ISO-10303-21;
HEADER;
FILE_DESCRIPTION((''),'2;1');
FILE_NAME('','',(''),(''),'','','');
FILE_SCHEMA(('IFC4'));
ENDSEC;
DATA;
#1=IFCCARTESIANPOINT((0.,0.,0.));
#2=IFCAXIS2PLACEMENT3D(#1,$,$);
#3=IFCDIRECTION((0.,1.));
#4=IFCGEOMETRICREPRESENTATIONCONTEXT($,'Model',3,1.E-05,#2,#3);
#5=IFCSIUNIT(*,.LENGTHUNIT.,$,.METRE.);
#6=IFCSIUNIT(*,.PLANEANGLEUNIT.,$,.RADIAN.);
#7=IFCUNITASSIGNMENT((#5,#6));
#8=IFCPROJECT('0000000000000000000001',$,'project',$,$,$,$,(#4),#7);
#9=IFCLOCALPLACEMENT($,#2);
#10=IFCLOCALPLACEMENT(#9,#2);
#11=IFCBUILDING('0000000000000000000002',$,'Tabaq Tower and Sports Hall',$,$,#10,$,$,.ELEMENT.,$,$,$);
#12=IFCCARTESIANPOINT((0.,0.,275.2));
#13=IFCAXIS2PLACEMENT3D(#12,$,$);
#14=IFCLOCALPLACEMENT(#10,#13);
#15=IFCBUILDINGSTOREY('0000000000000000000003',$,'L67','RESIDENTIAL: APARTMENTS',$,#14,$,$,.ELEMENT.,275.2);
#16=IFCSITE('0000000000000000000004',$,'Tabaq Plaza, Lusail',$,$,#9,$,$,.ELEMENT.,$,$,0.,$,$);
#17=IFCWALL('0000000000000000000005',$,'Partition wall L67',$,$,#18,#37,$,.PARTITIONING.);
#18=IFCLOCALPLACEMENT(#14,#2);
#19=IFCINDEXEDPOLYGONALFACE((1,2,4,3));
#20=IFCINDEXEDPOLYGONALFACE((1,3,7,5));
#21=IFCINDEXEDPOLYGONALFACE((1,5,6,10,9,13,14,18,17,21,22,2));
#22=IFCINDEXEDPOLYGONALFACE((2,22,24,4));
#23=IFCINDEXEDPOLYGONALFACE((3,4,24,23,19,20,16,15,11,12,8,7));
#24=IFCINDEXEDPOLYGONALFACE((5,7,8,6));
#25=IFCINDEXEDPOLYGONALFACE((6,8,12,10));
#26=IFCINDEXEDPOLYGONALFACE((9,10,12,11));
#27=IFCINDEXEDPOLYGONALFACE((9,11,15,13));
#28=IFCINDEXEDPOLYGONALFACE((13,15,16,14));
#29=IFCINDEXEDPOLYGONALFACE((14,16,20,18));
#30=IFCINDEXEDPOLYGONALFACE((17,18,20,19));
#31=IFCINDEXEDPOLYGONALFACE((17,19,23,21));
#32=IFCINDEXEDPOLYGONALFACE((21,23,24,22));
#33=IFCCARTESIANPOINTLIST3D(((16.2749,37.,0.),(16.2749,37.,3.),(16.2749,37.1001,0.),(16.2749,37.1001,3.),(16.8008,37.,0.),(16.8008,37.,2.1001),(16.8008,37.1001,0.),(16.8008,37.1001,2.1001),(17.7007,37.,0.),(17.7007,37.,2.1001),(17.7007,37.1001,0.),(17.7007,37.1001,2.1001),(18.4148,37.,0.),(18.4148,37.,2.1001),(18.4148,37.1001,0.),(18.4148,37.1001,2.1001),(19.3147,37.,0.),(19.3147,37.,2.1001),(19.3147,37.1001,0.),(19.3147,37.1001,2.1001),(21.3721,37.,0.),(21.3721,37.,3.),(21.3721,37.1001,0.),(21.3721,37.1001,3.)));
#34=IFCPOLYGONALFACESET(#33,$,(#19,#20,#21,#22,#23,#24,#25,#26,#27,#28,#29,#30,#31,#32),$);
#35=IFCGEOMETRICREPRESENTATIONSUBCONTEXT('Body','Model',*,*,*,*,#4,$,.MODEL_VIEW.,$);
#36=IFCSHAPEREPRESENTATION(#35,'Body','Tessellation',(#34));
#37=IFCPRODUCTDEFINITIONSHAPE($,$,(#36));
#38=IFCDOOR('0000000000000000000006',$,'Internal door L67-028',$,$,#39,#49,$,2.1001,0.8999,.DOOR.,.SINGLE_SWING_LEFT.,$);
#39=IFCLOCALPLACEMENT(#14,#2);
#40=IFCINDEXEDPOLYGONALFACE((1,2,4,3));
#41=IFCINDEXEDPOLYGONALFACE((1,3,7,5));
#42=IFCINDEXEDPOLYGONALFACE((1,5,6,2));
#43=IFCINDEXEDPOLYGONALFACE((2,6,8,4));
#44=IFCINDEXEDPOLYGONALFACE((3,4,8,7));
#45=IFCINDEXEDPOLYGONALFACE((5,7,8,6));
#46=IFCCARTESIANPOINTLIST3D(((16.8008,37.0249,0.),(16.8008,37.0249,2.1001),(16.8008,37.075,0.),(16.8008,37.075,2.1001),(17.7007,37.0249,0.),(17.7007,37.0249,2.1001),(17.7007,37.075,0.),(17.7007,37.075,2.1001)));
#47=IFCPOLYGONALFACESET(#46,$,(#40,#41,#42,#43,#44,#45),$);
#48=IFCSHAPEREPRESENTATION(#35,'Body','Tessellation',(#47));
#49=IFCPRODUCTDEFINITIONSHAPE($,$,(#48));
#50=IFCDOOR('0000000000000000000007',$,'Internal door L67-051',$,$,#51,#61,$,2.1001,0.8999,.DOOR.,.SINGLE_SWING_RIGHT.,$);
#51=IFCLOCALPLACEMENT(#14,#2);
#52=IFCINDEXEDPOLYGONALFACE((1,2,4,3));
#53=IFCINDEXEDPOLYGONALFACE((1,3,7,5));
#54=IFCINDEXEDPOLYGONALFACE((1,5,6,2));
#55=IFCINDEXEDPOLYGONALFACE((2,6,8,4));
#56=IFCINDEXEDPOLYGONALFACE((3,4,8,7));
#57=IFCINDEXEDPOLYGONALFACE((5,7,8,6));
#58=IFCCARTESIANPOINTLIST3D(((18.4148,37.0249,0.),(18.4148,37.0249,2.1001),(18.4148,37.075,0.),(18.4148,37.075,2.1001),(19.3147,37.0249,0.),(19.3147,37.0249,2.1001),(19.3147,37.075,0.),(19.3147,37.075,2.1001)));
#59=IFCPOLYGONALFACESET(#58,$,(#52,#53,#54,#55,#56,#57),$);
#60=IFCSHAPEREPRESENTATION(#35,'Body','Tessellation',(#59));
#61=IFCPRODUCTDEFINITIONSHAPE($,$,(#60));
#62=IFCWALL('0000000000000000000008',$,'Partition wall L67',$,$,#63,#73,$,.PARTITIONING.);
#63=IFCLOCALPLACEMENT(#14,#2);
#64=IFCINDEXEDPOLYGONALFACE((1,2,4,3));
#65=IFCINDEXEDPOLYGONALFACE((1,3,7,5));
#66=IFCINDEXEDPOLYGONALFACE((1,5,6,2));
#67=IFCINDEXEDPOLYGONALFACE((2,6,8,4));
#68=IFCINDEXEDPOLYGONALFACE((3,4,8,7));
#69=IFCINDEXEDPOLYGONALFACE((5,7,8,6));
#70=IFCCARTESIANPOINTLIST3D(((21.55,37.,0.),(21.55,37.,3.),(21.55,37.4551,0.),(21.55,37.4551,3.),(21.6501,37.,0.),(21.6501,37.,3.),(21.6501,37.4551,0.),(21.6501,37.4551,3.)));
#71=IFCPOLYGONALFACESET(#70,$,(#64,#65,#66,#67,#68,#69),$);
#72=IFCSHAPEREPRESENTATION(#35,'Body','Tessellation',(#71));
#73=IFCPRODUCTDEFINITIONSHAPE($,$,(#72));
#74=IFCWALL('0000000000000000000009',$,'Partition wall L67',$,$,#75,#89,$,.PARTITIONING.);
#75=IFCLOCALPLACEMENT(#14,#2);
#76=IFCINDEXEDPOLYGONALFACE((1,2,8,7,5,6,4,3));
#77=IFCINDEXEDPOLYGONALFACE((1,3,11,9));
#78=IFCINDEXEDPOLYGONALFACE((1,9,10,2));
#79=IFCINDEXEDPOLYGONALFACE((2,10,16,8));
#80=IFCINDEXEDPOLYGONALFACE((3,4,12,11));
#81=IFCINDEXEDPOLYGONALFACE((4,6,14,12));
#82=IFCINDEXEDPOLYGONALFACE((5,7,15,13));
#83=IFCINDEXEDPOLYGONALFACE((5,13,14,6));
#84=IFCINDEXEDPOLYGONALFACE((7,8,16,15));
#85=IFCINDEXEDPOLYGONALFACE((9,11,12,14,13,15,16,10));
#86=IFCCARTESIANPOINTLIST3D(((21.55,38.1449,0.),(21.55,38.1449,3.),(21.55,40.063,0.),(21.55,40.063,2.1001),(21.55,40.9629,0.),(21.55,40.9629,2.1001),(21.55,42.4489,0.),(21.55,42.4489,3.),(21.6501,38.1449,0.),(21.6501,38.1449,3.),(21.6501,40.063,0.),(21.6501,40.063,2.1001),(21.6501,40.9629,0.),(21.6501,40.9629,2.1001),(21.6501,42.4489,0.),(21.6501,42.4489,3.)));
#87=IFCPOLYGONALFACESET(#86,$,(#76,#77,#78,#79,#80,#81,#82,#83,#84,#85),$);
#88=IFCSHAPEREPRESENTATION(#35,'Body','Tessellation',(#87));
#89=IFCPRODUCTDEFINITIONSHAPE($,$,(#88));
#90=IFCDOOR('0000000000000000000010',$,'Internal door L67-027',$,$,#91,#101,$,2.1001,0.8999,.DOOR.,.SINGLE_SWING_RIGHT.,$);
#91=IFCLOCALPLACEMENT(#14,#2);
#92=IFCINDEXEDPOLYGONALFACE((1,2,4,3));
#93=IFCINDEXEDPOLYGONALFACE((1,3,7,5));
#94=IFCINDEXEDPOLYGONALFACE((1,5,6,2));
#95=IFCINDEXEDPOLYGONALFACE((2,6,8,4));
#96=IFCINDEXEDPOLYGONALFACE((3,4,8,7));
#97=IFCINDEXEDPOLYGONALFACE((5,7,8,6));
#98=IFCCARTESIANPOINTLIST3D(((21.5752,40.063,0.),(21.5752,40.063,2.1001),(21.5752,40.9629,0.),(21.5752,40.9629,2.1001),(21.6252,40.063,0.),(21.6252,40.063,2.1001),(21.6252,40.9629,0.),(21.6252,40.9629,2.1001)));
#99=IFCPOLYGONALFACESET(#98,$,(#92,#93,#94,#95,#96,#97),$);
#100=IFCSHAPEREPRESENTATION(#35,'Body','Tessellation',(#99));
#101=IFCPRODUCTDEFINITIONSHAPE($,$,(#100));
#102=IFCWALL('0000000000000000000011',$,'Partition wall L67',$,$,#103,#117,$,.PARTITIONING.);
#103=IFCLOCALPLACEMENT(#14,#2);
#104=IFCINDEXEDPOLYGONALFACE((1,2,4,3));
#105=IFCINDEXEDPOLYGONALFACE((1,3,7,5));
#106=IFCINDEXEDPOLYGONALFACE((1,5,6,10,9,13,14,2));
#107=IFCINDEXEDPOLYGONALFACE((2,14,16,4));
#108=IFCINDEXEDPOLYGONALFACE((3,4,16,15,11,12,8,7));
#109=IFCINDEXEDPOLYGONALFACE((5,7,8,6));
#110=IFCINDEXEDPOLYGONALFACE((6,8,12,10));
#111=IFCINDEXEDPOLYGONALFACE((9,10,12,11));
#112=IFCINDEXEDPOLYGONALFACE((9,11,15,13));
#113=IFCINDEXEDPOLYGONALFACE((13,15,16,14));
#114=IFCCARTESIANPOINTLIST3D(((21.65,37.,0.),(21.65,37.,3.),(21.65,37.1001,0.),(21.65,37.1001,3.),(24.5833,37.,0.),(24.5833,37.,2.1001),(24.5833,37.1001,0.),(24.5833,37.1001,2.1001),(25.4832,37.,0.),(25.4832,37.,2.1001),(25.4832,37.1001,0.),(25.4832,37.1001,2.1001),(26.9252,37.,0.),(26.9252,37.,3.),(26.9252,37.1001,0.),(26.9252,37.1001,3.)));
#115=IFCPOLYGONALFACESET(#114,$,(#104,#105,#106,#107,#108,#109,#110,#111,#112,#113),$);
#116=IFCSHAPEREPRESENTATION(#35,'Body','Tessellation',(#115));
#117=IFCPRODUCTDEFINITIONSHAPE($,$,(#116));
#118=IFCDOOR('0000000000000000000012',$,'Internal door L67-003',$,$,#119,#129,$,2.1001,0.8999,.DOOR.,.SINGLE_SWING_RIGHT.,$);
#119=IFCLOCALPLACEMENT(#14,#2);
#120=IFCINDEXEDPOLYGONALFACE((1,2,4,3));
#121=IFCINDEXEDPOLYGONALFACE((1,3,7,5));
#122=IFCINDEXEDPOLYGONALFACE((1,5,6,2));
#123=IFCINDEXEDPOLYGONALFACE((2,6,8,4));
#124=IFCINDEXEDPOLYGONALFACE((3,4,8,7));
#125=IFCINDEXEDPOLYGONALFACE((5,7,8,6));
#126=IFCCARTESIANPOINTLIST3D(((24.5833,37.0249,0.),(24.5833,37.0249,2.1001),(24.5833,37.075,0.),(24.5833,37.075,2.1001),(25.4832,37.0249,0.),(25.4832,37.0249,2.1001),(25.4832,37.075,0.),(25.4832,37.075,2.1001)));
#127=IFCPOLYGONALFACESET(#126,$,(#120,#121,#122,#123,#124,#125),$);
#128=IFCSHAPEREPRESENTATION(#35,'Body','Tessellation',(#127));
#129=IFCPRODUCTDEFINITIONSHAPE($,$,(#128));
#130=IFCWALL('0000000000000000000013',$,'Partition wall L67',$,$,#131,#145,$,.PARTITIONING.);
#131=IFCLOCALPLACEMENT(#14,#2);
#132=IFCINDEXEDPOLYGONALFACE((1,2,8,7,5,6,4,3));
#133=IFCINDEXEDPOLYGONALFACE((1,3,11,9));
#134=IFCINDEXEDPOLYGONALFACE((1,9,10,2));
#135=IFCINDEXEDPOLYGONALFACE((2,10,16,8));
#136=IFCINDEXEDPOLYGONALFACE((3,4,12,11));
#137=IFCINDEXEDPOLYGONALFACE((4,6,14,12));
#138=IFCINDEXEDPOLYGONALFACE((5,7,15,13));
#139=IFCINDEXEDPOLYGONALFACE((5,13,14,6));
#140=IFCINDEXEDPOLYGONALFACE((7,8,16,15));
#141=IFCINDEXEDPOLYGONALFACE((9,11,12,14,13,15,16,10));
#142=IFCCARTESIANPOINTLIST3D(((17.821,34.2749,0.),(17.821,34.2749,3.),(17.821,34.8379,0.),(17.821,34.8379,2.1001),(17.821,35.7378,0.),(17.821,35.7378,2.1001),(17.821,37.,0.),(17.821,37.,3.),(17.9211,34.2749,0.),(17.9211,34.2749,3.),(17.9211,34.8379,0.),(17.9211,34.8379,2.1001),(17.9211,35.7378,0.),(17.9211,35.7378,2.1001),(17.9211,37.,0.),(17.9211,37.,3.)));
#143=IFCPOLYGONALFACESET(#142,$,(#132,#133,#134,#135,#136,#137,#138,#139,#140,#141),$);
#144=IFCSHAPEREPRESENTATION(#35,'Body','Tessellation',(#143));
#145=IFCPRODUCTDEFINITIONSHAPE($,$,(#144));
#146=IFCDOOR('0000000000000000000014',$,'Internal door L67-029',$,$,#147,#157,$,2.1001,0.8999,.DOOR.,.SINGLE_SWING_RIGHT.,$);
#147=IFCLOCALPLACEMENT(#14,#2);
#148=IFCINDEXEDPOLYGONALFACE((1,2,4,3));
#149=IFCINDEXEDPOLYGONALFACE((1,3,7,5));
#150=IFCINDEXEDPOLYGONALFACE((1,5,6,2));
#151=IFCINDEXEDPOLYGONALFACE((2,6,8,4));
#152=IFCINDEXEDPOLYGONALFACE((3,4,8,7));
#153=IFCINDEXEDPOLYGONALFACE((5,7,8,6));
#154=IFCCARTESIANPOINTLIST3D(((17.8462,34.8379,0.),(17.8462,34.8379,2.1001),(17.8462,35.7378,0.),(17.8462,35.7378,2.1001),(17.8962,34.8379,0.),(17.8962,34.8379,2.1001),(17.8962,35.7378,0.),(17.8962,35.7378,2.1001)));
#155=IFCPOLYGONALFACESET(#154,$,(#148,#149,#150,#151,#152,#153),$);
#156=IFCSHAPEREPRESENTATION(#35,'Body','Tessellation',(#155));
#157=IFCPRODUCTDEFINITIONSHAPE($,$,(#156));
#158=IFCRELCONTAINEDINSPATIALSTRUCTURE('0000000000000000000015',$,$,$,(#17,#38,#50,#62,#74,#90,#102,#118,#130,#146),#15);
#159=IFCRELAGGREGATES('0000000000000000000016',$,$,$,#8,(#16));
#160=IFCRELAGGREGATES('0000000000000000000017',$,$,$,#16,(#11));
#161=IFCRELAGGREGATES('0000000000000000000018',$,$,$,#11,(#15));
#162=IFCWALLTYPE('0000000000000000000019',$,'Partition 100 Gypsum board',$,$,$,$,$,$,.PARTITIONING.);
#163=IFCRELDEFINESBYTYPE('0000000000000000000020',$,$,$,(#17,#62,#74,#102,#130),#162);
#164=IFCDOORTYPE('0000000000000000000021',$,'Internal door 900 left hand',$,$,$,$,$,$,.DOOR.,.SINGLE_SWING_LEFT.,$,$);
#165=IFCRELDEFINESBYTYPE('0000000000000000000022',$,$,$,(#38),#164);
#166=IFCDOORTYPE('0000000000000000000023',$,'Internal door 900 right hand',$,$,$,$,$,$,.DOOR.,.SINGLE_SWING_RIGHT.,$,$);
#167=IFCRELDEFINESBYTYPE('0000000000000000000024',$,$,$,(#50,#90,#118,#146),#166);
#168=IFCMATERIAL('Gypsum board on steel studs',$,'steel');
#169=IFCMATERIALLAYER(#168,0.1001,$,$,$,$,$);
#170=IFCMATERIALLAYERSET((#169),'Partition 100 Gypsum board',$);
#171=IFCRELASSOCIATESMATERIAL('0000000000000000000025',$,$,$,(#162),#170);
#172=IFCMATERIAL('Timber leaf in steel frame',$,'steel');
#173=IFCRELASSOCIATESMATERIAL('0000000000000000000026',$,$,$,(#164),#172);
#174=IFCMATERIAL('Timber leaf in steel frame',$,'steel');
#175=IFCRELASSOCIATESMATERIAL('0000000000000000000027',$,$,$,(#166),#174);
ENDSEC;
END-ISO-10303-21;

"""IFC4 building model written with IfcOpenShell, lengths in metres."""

from ifc_helpers import new_model, si_unit, direction, frame, frame_2d, origin, place, context, subcontext, project, spatial, rectangle, extrude, material, layer, layer_set, type_object, element, fill, save


model = new_model("IFC4")

# Units and contexts
model_context = context("Model", 3, precision=1e-05, world=origin(), true_north=direction((0.0, 1.0)))
body_context = subcontext(model_context, "Body", "Model", "MODEL_VIEW")
ifc_project = project(units=[si_unit("LENGTHUNIT", "METRE"), si_unit("PLANEANGLEUNIT", "RADIAN")], contexts=[model_context])

# Site, building, storey
site_placement = place(None, origin())
site = spatial("IfcSite", under=ifc_project, at=site_placement, Name="Tabaq Plaza, Lusail", CompositionType="ELEMENT", RefElevation=0.0)
building_placement = place(site_placement, origin())
building = spatial("IfcBuilding", under=site, at=building_placement, Name="Tabaq Tower and Sports Hall", CompositionType="ELEMENT")
storey_placement = place(building_placement, frame((0.0, 0.0, 275.2)))
storey = spatial("IfcBuildingStorey", under=building, at=storey_placement, Name="L67", Description="RESIDENTIAL: APARTMENTS", CompositionType="ELEMENT", Elevation=275.2)

# Wall, openings, doors
ifc_material_1 = material(Name="Gypsum board on steel studs", Category="steel")
ifc_layer_1 = layer(ifc_material_1, 0.1001)
ifc_layer_set_1 = layer_set([ifc_layer_1], Name="Partition 100 Gypsum board")
wall_type = type_object("IfcWallType", Name="Partition 100 Gypsum board", PredefinedType="PARTITIONING", material=ifc_layer_set_1)
wall_1_placement = place(storey_placement, frame((16.2749, 37.05, 0.0), z_axis=(0.0, 0.0, 1.0), x_axis=(1.0, 0.0, 0.0)))
wall_1 = element("IfcWall", 1, at=wall_1_placement, inside=storey, type_object=wall_type, Name="Partition wall L67", PredefinedType="PARTITIONING", context=body_context, shape_type="SweptSolid", body=[
    extrude(rectangle(XDim=5.0972, YDim=0.1001, at=frame_2d((2.5486, 0.0))), origin(), (0.0, 0.0, 1.0), 3.0),
])
opening_1_placement = place(wall_1_placement, frame((0.5259, 0.0, 0.0)))
opening_1 = element("IfcOpeningElement", 2, at=opening_1_placement, cuts=wall_1, PredefinedType="OPENING", context=body_context, shape_type="SweptSolid", body=[
    extrude(rectangle(XDim=0.8999, YDim=2.1001, at=frame_2d((0.45, 1.05))), frame((0.0, 0.05, 0.0), z_axis=(0.0, -1.0, 0.0), x_axis=(1.0, 0.0, 0.0)), (0.0, 0.0, 1.0), 0.1001),
])
opening_2_placement = place(wall_1_placement, frame((2.1399, 0.0, 0.0)))
opening_2 = element("IfcOpeningElement", 3, at=opening_2_placement, cuts=wall_1, PredefinedType="OPENING", context=body_context, shape_type="SweptSolid", body=[
    extrude(rectangle(XDim=0.8999, YDim=2.1001, at=frame_2d((0.45, 1.05))), frame((0.0, 0.05, 0.0), z_axis=(0.0, -1.0, 0.0), x_axis=(1.0, 0.0, 0.0)), (0.0, 0.0, 1.0), 0.1001),
])
ifc_material_2 = material(Name="Timber leaf in steel frame", Category="steel")
door_type_1 = type_object("IfcDoorType", Name="Internal door 900 left hand", OperationType="SINGLE_SWING_LEFT", PredefinedType="DOOR", material=ifc_material_2)
door_1_placement = place(opening_1_placement, origin())
door_1 = element("IfcDoor", 4, at=door_1_placement, inside=storey, type_object=door_type_1, Name="Internal door L67-028", OperationType="SINGLE_SWING_LEFT", OverallHeight=2.1001, OverallWidth=0.8999, PredefinedType="DOOR", context=body_context, shape_type="SweptSolid", body=[
    extrude(rectangle(XDim=0.8999, YDim=2.1001, at=frame_2d((0.45, 1.05))), frame((0.0, 0.0249, 0.0), z_axis=(0.0, -1.0, 0.0), x_axis=(1.0, 0.0, 0.0)), (0.0, 0.0, 1.0), 0.05),
])
fill(opening_1, door_1)
ifc_material_3 = material(Name="Timber leaf in steel frame", Category="steel")
door_type_2 = type_object("IfcDoorType", Name="Internal door 900 right hand", OperationType="SINGLE_SWING_RIGHT", PredefinedType="DOOR", material=ifc_material_3)
door_2_placement = place(opening_2_placement, origin())
door_2 = element("IfcDoor", 5, at=door_2_placement, inside=storey, type_object=door_type_2, Name="Internal door L67-051", OperationType="SINGLE_SWING_RIGHT", OverallHeight=2.1001, OverallWidth=0.8999, PredefinedType="DOOR", context=body_context, shape_type="SweptSolid", body=[
    extrude(rectangle(XDim=0.8999, YDim=2.1001, at=frame_2d((0.45, 1.05))), frame((0.0, 0.0249, 0.0), z_axis=(0.0, -1.0, 0.0), x_axis=(1.0, 0.0, 0.0)), (0.0, 0.0, 1.0), 0.05),
])
fill(opening_2, door_2)

# Wall
wall_2_placement = place(storey_placement, frame((21.6001, 37.0, 0.0), z_axis=(0.0, 0.0, 1.0), x_axis=(0.0, 1.0, 0.0)))
element("IfcWall", 6, at=wall_2_placement, inside=storey, type_object=wall_type, Name="Partition wall L67", PredefinedType="PARTITIONING", context=body_context, shape_type="SweptSolid", body=[
    extrude(rectangle(XDim=0.4551, YDim=0.1001, at=frame_2d((0.2275, 0.0))), origin(), (0.0, 0.0, 1.0), 3.0),
])

# Walls, openings, doors
wall_3_placement = place(storey_placement, frame((21.6001, 38.145, 0.0), z_axis=(0.0, 0.0, 1.0), x_axis=(0.0, 1.0, 0.0)))
wall_3 = element("IfcWall", 7, at=wall_3_placement, inside=storey, type_object=wall_type, Name="Partition wall L67", PredefinedType="PARTITIONING", context=body_context, shape_type="SweptSolid", body=[
    extrude(rectangle(XDim=4.304, YDim=0.1001, at=frame_2d((2.1519, 0.0))), origin(), (0.0, 0.0, 1.0), 3.0),
])
opening_3_placement = place(wall_3_placement, frame((1.918, 0.0, 0.0)))
opening_3 = element("IfcOpeningElement", 8, at=opening_3_placement, cuts=wall_3, PredefinedType="OPENING", context=body_context, shape_type="SweptSolid", body=[
    extrude(rectangle(XDim=0.8999, YDim=2.1001, at=frame_2d((0.45, 1.05))), frame((0.0, 0.05, 0.0), z_axis=(0.0, -1.0, 0.0), x_axis=(1.0, 0.0, 0.0)), (0.0, 0.0, 1.0), 0.1001),
])
door_3_placement = place(opening_3_placement, origin())
door_3 = element("IfcDoor", 9, at=door_3_placement, inside=storey, type_object=door_type_2, Name="Internal door L67-027", OperationType="SINGLE_SWING_RIGHT", OverallHeight=2.1001, OverallWidth=0.8999, PredefinedType="DOOR", context=body_context, shape_type="SweptSolid", body=[
    extrude(rectangle(XDim=0.8999, YDim=2.1001, at=frame_2d((0.45, 1.05))), frame((0.0, 0.0249, 0.0), z_axis=(0.0, -1.0, 0.0), x_axis=(1.0, 0.0, 0.0)), (0.0, 0.0, 1.0), 0.05),
])
fill(opening_3, door_3)
wall_4_placement = place(storey_placement, frame((21.6499, 37.05, 0.0), z_axis=(0.0, 0.0, 1.0), x_axis=(1.0, 0.0, 0.0)))
wall_4 = element("IfcWall", 10, at=wall_4_placement, inside=storey, type_object=wall_type, Name="Partition wall L67", PredefinedType="PARTITIONING", context=body_context, shape_type="SweptSolid", body=[
    extrude(rectangle(XDim=5.2751, YDim=0.1001, at=frame_2d((2.6377, 0.0))), origin(), (0.0, 0.0, 1.0), 3.0),
])
opening_4_placement = place(wall_4_placement, frame((2.9333, 0.0, 0.0)))
opening_4 = element("IfcOpeningElement", 11, at=opening_4_placement, cuts=wall_4, PredefinedType="OPENING", context=body_context, shape_type="SweptSolid", body=[
    extrude(rectangle(XDim=0.8999, YDim=2.1001, at=frame_2d((0.45, 1.05))), frame((0.0, 0.05, 0.0), z_axis=(0.0, -1.0, 0.0), x_axis=(1.0, 0.0, 0.0)), (0.0, 0.0, 1.0), 0.1001),
])
door_4_placement = place(opening_4_placement, origin())
door_4 = element("IfcDoor", 12, at=door_4_placement, inside=storey, type_object=door_type_2, Name="Internal door L67-003", OperationType="SINGLE_SWING_RIGHT", OverallHeight=2.1001, OverallWidth=0.8999, PredefinedType="DOOR", context=body_context, shape_type="SweptSolid", body=[
    extrude(rectangle(XDim=0.8999, YDim=2.1001, at=frame_2d((0.45, 1.05))), frame((0.0, 0.0249, 0.0), z_axis=(0.0, -1.0, 0.0), x_axis=(1.0, 0.0, 0.0)), (0.0, 0.0, 1.0), 0.05),
])
fill(opening_4, door_4)
wall_5_placement = place(storey_placement, frame((17.8711, 34.2749, 0.0), z_axis=(0.0, 0.0, 1.0), x_axis=(0.0, 1.0, 0.0)))
wall_5 = element("IfcWall", 13, at=wall_5_placement, inside=storey, type_object=wall_type, Name="Partition wall L67", PredefinedType="PARTITIONING", context=body_context, shape_type="SweptSolid", body=[
    extrude(rectangle(XDim=2.7251, YDim=0.1001, at=frame_2d((1.3625, 0.0))), origin(), (0.0, 0.0, 1.0), 3.0),
])
opening_5_placement = place(wall_5_placement, frame((0.563, 0.0, 0.0)))
opening_5 = element("IfcOpeningElement", 14, at=opening_5_placement, cuts=wall_5, PredefinedType="OPENING", context=body_context, shape_type="SweptSolid", body=[
    extrude(rectangle(XDim=0.8999, YDim=2.1001, at=frame_2d((0.45, 1.05))), frame((0.0, 0.05, 0.0), z_axis=(0.0, -1.0, 0.0), x_axis=(1.0, 0.0, 0.0)), (0.0, 0.0, 1.0), 0.1001),
])
door_5_placement = place(opening_5_placement, origin())
door_5 = element("IfcDoor", 15, at=door_5_placement, inside=storey, type_object=door_type_2, Name="Internal door L67-029", OperationType="SINGLE_SWING_RIGHT", OverallHeight=2.1001, OverallWidth=0.8999, PredefinedType="DOOR", context=body_context, shape_type="SweptSolid", body=[
    extrude(rectangle(XDim=0.8999, YDim=2.1001, at=frame_2d((0.45, 1.05))), frame((0.0, 0.0249, 0.0), z_axis=(0.0, -1.0, 0.0), x_axis=(1.0, 0.0, 0.0)), (0.0, 0.0, 1.0), 0.05),
])
fill(opening_5, door_5)

save(model, "model.ifc")
